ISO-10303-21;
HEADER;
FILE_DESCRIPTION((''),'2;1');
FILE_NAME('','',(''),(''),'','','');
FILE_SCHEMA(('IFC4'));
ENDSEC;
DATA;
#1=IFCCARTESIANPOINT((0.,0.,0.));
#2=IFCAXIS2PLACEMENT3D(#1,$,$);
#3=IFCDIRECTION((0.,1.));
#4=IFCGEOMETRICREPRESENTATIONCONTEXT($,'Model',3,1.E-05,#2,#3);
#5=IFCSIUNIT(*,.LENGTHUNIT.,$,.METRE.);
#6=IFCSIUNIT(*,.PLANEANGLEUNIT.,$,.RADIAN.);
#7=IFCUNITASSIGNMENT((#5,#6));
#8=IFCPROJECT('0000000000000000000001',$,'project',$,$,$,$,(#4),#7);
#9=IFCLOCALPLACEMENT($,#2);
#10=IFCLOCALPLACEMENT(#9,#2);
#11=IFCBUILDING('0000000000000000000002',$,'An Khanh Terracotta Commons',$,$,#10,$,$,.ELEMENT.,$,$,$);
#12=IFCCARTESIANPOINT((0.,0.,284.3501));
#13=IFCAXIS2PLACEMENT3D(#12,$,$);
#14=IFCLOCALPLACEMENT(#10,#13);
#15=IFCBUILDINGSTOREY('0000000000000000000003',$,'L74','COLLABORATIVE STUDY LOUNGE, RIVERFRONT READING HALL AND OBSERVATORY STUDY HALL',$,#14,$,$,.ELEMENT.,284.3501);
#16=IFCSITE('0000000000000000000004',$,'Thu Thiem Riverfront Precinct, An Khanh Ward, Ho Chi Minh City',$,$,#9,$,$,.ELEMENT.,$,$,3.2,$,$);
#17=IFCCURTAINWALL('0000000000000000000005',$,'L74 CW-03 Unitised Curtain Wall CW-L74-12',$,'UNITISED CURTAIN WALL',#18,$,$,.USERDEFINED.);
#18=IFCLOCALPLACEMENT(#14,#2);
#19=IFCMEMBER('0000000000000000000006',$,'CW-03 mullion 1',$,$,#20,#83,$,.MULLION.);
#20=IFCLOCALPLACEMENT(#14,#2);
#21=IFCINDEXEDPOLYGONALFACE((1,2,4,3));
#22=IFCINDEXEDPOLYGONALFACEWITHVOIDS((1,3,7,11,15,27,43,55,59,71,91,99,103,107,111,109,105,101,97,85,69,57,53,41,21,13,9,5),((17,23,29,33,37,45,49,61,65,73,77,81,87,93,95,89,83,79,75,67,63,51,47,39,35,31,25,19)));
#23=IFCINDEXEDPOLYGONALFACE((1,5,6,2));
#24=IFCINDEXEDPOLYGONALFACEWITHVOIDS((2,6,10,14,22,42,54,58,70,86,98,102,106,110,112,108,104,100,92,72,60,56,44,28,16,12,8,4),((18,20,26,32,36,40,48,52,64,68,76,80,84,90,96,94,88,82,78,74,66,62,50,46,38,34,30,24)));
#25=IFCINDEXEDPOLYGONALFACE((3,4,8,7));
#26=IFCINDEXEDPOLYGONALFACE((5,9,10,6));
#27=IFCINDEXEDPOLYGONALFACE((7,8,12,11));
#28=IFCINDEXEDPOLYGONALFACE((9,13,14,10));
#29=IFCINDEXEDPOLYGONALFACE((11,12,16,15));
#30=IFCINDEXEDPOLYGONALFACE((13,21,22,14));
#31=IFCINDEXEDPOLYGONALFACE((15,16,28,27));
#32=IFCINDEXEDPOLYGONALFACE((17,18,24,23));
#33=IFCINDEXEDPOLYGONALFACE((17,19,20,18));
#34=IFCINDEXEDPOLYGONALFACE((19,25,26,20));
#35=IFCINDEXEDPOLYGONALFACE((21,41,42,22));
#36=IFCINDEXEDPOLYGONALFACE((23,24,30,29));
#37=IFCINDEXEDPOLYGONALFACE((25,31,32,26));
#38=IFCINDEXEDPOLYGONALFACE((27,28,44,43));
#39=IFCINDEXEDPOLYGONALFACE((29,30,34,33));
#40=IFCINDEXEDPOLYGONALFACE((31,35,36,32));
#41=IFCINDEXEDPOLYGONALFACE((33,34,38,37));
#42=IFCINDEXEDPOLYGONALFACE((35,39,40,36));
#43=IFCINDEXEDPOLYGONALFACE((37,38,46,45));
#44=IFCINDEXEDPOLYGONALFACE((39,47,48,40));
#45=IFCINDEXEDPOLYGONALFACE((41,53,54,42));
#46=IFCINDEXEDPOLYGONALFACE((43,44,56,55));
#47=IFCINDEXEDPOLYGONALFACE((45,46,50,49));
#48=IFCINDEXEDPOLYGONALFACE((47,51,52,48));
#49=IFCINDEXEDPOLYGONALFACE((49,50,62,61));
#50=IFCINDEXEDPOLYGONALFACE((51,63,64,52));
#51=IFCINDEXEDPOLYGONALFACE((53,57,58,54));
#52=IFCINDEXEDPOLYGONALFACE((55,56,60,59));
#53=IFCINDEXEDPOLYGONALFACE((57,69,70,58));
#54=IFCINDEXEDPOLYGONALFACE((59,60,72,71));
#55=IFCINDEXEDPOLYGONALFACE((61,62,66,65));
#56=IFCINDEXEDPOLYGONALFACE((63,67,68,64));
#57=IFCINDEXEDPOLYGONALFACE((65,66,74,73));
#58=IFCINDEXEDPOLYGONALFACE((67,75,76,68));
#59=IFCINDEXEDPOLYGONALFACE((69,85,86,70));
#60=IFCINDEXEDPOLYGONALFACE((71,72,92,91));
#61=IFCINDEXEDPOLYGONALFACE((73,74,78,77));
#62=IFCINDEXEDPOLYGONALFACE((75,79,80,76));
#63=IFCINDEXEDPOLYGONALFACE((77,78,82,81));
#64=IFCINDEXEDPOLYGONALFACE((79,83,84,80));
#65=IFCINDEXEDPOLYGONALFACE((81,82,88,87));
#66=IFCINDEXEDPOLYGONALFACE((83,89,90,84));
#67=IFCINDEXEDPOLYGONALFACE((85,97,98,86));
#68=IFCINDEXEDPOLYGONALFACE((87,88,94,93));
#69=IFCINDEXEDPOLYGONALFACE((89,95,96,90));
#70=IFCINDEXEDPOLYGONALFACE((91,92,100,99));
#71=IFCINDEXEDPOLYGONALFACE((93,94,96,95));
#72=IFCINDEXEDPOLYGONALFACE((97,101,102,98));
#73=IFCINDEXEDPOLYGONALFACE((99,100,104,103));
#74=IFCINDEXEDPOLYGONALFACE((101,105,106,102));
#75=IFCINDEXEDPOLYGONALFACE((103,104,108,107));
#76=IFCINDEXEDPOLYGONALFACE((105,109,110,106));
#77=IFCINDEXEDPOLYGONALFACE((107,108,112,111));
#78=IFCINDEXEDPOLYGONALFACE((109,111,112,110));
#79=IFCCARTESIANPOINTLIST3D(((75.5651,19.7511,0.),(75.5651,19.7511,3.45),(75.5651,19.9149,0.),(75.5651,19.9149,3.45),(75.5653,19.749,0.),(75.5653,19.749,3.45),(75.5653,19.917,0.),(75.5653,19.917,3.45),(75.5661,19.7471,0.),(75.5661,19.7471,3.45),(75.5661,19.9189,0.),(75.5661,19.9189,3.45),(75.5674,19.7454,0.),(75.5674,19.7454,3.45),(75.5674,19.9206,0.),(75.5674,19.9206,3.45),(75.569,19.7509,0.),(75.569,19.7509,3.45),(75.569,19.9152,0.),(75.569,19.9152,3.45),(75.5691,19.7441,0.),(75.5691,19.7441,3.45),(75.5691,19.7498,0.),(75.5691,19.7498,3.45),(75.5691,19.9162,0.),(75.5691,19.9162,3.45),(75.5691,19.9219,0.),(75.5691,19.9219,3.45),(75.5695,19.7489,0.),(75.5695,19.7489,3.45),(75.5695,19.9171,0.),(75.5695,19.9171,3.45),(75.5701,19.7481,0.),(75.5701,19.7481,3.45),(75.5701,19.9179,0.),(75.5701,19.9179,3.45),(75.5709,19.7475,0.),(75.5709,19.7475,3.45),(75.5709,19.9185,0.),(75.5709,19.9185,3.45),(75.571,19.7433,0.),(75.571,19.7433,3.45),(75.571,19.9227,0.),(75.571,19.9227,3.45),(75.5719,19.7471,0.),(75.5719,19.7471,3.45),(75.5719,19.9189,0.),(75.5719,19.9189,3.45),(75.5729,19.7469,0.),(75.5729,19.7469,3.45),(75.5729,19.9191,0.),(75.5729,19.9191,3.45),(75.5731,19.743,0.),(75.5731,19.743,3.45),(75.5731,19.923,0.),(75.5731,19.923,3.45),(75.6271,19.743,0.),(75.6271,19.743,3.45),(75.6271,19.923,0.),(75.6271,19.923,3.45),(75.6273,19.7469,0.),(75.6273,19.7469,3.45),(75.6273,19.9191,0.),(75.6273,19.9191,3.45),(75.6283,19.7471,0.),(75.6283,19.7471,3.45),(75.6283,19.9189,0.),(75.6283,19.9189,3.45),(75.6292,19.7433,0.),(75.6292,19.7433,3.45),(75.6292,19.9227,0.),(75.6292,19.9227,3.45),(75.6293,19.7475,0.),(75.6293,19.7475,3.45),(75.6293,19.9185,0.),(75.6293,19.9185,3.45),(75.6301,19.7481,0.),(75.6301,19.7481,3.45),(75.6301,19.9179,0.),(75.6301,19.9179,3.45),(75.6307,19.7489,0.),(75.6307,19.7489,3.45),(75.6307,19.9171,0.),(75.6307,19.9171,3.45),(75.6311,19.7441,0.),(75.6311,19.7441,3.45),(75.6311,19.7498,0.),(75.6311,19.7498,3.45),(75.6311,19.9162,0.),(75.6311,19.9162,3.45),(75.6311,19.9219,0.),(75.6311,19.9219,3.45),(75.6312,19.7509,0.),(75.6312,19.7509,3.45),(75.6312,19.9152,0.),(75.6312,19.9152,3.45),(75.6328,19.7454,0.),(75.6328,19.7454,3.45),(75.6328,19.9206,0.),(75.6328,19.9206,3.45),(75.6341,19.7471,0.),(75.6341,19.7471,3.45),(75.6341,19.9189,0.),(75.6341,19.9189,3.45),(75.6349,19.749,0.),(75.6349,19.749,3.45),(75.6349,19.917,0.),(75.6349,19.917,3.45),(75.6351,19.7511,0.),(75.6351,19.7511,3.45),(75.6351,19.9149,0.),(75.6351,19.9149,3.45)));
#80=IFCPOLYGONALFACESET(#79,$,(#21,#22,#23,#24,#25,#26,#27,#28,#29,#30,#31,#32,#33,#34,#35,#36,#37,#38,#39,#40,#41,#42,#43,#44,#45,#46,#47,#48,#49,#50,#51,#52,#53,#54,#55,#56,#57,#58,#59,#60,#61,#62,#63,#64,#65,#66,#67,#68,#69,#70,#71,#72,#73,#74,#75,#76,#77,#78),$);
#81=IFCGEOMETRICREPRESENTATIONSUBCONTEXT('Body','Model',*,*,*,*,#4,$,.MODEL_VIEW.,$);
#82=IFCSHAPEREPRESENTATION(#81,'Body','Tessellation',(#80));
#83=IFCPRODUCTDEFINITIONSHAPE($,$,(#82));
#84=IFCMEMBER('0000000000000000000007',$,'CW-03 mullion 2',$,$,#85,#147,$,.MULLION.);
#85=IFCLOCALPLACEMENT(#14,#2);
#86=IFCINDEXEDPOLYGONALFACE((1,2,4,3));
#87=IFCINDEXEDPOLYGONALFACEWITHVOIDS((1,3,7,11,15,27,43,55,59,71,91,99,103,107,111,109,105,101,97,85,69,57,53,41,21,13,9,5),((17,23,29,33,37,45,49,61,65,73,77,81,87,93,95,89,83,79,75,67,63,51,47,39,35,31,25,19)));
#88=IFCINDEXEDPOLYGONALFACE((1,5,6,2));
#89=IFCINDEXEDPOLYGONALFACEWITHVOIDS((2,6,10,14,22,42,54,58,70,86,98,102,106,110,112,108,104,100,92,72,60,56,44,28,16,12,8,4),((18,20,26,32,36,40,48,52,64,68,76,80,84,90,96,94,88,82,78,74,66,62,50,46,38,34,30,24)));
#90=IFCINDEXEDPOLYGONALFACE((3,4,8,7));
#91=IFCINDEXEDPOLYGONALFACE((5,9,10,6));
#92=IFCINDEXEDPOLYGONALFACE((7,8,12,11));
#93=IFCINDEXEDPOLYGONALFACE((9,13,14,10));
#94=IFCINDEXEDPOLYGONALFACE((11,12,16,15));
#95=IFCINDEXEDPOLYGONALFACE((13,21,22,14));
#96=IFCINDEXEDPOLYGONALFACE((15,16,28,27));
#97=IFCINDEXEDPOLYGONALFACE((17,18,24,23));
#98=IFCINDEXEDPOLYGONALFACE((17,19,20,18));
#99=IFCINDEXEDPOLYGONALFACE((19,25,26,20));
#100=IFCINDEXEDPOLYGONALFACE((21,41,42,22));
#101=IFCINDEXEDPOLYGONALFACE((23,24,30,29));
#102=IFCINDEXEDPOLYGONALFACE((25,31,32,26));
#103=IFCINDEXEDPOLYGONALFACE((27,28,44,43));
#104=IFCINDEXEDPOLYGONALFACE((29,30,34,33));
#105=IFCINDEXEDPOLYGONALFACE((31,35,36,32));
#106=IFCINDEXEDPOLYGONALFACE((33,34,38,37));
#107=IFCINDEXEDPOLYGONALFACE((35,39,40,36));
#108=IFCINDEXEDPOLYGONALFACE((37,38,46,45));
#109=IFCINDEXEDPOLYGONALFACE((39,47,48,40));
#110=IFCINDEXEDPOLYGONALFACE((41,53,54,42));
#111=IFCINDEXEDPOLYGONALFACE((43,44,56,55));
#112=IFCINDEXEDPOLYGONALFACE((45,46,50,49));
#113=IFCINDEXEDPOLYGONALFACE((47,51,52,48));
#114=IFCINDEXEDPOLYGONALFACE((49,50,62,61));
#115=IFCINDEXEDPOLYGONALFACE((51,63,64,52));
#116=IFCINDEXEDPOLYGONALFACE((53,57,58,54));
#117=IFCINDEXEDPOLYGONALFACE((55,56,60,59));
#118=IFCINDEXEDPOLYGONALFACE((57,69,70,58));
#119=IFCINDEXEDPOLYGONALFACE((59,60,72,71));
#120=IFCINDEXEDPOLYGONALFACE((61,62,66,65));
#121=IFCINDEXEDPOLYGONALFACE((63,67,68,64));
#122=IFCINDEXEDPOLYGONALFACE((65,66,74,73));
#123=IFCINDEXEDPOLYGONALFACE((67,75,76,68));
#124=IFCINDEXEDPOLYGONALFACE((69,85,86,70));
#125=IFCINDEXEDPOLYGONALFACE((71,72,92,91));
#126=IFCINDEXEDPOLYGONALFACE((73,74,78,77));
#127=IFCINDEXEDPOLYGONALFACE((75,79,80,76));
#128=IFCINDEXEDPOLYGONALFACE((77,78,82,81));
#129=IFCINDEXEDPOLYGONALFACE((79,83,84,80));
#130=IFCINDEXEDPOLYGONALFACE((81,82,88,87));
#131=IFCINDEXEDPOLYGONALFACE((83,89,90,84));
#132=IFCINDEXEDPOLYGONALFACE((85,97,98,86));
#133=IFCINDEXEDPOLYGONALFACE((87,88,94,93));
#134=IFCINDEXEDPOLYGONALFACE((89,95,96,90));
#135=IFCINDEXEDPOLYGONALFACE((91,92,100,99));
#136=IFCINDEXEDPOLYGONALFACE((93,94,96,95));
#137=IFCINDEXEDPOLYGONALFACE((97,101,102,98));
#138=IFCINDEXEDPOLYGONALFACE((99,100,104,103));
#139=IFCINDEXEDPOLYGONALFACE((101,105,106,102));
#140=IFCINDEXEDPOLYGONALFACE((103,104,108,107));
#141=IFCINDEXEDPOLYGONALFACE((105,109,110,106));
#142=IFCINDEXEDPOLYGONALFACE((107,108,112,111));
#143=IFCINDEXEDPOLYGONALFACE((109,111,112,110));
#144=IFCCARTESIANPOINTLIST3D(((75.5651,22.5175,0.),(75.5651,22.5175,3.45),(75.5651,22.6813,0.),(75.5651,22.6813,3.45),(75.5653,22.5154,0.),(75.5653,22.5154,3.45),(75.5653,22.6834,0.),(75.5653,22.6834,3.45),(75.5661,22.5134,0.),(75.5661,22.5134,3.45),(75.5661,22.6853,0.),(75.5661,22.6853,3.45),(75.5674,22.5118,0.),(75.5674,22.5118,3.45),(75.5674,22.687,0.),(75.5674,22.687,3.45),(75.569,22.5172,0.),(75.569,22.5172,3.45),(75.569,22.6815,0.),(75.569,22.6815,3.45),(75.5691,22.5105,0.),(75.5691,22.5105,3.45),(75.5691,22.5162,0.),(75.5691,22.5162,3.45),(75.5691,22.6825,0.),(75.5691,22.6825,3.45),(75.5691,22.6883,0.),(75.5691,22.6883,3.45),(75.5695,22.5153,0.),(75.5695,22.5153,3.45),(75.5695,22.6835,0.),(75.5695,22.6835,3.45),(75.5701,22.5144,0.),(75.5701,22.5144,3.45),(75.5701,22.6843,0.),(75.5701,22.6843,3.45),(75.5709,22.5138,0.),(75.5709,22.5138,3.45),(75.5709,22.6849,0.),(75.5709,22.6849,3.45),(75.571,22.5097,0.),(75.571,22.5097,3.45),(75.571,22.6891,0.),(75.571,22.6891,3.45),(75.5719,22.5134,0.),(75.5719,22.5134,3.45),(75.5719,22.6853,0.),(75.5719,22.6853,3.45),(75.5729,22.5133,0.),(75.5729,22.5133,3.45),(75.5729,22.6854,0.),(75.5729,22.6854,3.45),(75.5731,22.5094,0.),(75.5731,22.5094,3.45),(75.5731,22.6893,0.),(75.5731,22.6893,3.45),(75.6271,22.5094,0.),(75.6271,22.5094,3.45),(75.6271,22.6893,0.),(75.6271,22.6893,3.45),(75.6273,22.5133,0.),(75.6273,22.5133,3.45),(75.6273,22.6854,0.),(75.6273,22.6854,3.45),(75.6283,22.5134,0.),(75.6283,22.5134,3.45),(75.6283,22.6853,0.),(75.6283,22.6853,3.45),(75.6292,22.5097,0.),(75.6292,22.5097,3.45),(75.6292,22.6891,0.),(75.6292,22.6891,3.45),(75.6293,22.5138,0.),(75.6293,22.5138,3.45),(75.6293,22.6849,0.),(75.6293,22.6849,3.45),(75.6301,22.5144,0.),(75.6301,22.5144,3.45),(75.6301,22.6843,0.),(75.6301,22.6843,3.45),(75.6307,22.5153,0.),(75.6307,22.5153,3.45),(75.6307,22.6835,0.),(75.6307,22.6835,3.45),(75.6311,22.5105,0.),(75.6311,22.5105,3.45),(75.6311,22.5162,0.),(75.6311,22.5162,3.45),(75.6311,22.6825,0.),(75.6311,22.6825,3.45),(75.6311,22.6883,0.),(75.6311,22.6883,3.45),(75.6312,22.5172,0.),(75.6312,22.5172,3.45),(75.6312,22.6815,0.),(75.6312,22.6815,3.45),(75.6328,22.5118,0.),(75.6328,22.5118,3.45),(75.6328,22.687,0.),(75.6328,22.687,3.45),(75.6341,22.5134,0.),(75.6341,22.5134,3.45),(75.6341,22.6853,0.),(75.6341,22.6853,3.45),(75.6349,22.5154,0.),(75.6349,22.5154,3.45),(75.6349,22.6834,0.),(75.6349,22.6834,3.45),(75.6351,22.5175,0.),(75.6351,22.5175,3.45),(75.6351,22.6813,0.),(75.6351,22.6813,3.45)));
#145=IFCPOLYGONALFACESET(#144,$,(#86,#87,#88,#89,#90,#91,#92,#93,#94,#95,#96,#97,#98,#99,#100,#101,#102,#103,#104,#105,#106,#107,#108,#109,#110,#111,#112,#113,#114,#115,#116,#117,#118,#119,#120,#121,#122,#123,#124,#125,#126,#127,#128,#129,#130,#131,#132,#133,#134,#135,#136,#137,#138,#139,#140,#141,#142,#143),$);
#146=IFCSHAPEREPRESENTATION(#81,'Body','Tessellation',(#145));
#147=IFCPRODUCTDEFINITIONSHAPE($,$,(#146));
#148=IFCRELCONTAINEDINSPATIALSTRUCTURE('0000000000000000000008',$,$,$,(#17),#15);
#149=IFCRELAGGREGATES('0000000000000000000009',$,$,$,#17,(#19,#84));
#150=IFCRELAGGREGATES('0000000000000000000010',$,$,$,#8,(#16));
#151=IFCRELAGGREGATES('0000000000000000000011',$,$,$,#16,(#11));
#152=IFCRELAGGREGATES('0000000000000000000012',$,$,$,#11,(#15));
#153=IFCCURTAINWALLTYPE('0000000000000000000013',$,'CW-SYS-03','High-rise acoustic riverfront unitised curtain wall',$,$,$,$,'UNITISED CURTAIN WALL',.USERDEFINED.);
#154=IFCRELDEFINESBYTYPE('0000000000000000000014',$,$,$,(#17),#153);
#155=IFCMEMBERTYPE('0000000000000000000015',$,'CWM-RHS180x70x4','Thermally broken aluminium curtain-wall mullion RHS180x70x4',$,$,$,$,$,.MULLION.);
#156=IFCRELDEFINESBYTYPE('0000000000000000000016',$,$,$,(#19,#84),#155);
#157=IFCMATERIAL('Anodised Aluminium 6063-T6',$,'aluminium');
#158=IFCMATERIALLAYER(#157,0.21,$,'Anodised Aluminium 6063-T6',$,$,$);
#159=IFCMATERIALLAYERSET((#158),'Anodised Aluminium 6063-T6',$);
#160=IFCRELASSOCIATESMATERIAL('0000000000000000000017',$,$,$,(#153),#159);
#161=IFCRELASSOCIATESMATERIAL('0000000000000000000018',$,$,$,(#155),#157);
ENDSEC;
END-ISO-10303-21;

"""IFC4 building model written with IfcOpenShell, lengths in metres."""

from ifc_helpers import new_model, si_unit, direction, frame, origin, origin_2d, place, context, subcontext, project, spatial, hollow_rectangle, extrude, material, layer, layer_set, material_profile, profile_set, type_object, element, aggregate, save


model = new_model("IFC4")

# Units and contexts
model_context = context("Model", 3, precision=1e-05, world=origin(), true_north=direction((0.0, 1.0)))
body_context = subcontext(model_context, "Body", "Model", "MODEL_VIEW")
ifc_project = project(units=[si_unit("LENGTHUNIT", "METRE"), si_unit("PLANEANGLEUNIT", "RADIAN")], contexts=[model_context])

# Site, building, storey
site_placement = place(None, origin())
site = spatial("IfcSite", under=ifc_project, at=site_placement, Name="Thu Thiem Riverfront Precinct, An Khanh Ward, Ho Chi Minh City", CompositionType="ELEMENT", RefElevation=3.2)
building_placement = place(site_placement, origin())
building = spatial("IfcBuilding", under=site, at=building_placement, Name="An Khanh Terracotta Commons", CompositionType="ELEMENT")
storey_placement = place(building_placement, frame((0.0, 0.0, 284.3501)))
storey = spatial("IfcBuildingStorey", under=building, at=storey_placement, Name="L74", Description="COLLABORATIVE STUDY LOUNGE, RIVERFRONT READING HALL AND OBSERVATORY STUDY HALL", CompositionType="ELEMENT", Elevation=284.3501)

# Curtain wall, members
ifc_material_1 = material(Name="Anodised Aluminium 6063-T6", Category="aluminium")
ifc_layer_1 = layer(ifc_material_1, 0.21, Name="Anodised Aluminium 6063-T6")
ifc_layer_set_1 = layer_set([ifc_layer_1], Name="Anodised Aluminium 6063-T6")
curtain_wall_type = type_object("IfcCurtainWallType", Name="CW-SYS-03", Description="High-rise acoustic riverfront unitised curtain wall", ElementType="UNITISED CURTAIN WALL", PredefinedType="USERDEFINED", material=ifc_layer_set_1)
ifc_material_profile_1 = material_profile(ifc_material_1, hollow_rectangle(XDim=0.0701, YDim=0.1799, WallThickness=0.0039, InnerFilletRadius=0.0039, OuterFilletRadius=0.0081, at=origin_2d()), Name="RHS180x70x4")
ifc_profile_set_1 = profile_set([ifc_material_profile_1], Name="Anodised Aluminium 6063-T6")
member_type_1 = type_object("IfcMemberType", Name="CWM-RHS180x70x4", Description="Thermally broken aluminium curtain-wall mullion RHS180x70x4", PredefinedType="MULLION", material=ifc_profile_set_1)
curtain_wall_1_placement = place(storey_placement, origin())
curtain_wall_1 = element("IfcCurtainWall", 1, at=curtain_wall_1_placement, inside=storey, type_object=curtain_wall_type, Name="L74 CW-03 Unitised Curtain Wall CW-L74-12", ObjectType="UNITISED CURTAIN WALL", PredefinedType="USERDEFINED")
member_1_placement = place(storey_placement, frame((75.6001, 19.833, 0.0), z_axis=(0.0, 0.0, 1.0), x_axis=(-1.0, 0.0, 0.0)))
member_1 = element("IfcMember", 2, at=member_1_placement, type_object=member_type_1, Name="CW-03 mullion 1", PredefinedType="MULLION", context=body_context, shape_type="SweptSolid", body=[
    extrude(hollow_rectangle(XDim=0.0701, YDim=0.1799, WallThickness=0.0039, InnerFilletRadius=0.0039, OuterFilletRadius=0.0081, at=origin_2d()), origin(), (0.0, 0.0, 1.0), 3.45),
])
member_2_placement = place(storey_placement, frame((75.6001, 22.5994, 0.0), z_axis=(0.0, 0.0, 1.0), x_axis=(-1.0, 0.0, 0.0)))
member_2 = element("IfcMember", 3, at=member_2_placement, type_object=member_type_1, Name="CW-03 mullion 2", PredefinedType="MULLION", context=body_context, shape_type="SweptSolid", body=[
    extrude(hollow_rectangle(XDim=0.0701, YDim=0.1799, WallThickness=0.0039, InnerFilletRadius=0.0039, OuterFilletRadius=0.0081, at=origin_2d()), origin(), (0.0, 0.0, 1.0), 3.45),
])

aggregate(curtain_wall_1, [member_1, member_2])

save(model, "model.ifc")
